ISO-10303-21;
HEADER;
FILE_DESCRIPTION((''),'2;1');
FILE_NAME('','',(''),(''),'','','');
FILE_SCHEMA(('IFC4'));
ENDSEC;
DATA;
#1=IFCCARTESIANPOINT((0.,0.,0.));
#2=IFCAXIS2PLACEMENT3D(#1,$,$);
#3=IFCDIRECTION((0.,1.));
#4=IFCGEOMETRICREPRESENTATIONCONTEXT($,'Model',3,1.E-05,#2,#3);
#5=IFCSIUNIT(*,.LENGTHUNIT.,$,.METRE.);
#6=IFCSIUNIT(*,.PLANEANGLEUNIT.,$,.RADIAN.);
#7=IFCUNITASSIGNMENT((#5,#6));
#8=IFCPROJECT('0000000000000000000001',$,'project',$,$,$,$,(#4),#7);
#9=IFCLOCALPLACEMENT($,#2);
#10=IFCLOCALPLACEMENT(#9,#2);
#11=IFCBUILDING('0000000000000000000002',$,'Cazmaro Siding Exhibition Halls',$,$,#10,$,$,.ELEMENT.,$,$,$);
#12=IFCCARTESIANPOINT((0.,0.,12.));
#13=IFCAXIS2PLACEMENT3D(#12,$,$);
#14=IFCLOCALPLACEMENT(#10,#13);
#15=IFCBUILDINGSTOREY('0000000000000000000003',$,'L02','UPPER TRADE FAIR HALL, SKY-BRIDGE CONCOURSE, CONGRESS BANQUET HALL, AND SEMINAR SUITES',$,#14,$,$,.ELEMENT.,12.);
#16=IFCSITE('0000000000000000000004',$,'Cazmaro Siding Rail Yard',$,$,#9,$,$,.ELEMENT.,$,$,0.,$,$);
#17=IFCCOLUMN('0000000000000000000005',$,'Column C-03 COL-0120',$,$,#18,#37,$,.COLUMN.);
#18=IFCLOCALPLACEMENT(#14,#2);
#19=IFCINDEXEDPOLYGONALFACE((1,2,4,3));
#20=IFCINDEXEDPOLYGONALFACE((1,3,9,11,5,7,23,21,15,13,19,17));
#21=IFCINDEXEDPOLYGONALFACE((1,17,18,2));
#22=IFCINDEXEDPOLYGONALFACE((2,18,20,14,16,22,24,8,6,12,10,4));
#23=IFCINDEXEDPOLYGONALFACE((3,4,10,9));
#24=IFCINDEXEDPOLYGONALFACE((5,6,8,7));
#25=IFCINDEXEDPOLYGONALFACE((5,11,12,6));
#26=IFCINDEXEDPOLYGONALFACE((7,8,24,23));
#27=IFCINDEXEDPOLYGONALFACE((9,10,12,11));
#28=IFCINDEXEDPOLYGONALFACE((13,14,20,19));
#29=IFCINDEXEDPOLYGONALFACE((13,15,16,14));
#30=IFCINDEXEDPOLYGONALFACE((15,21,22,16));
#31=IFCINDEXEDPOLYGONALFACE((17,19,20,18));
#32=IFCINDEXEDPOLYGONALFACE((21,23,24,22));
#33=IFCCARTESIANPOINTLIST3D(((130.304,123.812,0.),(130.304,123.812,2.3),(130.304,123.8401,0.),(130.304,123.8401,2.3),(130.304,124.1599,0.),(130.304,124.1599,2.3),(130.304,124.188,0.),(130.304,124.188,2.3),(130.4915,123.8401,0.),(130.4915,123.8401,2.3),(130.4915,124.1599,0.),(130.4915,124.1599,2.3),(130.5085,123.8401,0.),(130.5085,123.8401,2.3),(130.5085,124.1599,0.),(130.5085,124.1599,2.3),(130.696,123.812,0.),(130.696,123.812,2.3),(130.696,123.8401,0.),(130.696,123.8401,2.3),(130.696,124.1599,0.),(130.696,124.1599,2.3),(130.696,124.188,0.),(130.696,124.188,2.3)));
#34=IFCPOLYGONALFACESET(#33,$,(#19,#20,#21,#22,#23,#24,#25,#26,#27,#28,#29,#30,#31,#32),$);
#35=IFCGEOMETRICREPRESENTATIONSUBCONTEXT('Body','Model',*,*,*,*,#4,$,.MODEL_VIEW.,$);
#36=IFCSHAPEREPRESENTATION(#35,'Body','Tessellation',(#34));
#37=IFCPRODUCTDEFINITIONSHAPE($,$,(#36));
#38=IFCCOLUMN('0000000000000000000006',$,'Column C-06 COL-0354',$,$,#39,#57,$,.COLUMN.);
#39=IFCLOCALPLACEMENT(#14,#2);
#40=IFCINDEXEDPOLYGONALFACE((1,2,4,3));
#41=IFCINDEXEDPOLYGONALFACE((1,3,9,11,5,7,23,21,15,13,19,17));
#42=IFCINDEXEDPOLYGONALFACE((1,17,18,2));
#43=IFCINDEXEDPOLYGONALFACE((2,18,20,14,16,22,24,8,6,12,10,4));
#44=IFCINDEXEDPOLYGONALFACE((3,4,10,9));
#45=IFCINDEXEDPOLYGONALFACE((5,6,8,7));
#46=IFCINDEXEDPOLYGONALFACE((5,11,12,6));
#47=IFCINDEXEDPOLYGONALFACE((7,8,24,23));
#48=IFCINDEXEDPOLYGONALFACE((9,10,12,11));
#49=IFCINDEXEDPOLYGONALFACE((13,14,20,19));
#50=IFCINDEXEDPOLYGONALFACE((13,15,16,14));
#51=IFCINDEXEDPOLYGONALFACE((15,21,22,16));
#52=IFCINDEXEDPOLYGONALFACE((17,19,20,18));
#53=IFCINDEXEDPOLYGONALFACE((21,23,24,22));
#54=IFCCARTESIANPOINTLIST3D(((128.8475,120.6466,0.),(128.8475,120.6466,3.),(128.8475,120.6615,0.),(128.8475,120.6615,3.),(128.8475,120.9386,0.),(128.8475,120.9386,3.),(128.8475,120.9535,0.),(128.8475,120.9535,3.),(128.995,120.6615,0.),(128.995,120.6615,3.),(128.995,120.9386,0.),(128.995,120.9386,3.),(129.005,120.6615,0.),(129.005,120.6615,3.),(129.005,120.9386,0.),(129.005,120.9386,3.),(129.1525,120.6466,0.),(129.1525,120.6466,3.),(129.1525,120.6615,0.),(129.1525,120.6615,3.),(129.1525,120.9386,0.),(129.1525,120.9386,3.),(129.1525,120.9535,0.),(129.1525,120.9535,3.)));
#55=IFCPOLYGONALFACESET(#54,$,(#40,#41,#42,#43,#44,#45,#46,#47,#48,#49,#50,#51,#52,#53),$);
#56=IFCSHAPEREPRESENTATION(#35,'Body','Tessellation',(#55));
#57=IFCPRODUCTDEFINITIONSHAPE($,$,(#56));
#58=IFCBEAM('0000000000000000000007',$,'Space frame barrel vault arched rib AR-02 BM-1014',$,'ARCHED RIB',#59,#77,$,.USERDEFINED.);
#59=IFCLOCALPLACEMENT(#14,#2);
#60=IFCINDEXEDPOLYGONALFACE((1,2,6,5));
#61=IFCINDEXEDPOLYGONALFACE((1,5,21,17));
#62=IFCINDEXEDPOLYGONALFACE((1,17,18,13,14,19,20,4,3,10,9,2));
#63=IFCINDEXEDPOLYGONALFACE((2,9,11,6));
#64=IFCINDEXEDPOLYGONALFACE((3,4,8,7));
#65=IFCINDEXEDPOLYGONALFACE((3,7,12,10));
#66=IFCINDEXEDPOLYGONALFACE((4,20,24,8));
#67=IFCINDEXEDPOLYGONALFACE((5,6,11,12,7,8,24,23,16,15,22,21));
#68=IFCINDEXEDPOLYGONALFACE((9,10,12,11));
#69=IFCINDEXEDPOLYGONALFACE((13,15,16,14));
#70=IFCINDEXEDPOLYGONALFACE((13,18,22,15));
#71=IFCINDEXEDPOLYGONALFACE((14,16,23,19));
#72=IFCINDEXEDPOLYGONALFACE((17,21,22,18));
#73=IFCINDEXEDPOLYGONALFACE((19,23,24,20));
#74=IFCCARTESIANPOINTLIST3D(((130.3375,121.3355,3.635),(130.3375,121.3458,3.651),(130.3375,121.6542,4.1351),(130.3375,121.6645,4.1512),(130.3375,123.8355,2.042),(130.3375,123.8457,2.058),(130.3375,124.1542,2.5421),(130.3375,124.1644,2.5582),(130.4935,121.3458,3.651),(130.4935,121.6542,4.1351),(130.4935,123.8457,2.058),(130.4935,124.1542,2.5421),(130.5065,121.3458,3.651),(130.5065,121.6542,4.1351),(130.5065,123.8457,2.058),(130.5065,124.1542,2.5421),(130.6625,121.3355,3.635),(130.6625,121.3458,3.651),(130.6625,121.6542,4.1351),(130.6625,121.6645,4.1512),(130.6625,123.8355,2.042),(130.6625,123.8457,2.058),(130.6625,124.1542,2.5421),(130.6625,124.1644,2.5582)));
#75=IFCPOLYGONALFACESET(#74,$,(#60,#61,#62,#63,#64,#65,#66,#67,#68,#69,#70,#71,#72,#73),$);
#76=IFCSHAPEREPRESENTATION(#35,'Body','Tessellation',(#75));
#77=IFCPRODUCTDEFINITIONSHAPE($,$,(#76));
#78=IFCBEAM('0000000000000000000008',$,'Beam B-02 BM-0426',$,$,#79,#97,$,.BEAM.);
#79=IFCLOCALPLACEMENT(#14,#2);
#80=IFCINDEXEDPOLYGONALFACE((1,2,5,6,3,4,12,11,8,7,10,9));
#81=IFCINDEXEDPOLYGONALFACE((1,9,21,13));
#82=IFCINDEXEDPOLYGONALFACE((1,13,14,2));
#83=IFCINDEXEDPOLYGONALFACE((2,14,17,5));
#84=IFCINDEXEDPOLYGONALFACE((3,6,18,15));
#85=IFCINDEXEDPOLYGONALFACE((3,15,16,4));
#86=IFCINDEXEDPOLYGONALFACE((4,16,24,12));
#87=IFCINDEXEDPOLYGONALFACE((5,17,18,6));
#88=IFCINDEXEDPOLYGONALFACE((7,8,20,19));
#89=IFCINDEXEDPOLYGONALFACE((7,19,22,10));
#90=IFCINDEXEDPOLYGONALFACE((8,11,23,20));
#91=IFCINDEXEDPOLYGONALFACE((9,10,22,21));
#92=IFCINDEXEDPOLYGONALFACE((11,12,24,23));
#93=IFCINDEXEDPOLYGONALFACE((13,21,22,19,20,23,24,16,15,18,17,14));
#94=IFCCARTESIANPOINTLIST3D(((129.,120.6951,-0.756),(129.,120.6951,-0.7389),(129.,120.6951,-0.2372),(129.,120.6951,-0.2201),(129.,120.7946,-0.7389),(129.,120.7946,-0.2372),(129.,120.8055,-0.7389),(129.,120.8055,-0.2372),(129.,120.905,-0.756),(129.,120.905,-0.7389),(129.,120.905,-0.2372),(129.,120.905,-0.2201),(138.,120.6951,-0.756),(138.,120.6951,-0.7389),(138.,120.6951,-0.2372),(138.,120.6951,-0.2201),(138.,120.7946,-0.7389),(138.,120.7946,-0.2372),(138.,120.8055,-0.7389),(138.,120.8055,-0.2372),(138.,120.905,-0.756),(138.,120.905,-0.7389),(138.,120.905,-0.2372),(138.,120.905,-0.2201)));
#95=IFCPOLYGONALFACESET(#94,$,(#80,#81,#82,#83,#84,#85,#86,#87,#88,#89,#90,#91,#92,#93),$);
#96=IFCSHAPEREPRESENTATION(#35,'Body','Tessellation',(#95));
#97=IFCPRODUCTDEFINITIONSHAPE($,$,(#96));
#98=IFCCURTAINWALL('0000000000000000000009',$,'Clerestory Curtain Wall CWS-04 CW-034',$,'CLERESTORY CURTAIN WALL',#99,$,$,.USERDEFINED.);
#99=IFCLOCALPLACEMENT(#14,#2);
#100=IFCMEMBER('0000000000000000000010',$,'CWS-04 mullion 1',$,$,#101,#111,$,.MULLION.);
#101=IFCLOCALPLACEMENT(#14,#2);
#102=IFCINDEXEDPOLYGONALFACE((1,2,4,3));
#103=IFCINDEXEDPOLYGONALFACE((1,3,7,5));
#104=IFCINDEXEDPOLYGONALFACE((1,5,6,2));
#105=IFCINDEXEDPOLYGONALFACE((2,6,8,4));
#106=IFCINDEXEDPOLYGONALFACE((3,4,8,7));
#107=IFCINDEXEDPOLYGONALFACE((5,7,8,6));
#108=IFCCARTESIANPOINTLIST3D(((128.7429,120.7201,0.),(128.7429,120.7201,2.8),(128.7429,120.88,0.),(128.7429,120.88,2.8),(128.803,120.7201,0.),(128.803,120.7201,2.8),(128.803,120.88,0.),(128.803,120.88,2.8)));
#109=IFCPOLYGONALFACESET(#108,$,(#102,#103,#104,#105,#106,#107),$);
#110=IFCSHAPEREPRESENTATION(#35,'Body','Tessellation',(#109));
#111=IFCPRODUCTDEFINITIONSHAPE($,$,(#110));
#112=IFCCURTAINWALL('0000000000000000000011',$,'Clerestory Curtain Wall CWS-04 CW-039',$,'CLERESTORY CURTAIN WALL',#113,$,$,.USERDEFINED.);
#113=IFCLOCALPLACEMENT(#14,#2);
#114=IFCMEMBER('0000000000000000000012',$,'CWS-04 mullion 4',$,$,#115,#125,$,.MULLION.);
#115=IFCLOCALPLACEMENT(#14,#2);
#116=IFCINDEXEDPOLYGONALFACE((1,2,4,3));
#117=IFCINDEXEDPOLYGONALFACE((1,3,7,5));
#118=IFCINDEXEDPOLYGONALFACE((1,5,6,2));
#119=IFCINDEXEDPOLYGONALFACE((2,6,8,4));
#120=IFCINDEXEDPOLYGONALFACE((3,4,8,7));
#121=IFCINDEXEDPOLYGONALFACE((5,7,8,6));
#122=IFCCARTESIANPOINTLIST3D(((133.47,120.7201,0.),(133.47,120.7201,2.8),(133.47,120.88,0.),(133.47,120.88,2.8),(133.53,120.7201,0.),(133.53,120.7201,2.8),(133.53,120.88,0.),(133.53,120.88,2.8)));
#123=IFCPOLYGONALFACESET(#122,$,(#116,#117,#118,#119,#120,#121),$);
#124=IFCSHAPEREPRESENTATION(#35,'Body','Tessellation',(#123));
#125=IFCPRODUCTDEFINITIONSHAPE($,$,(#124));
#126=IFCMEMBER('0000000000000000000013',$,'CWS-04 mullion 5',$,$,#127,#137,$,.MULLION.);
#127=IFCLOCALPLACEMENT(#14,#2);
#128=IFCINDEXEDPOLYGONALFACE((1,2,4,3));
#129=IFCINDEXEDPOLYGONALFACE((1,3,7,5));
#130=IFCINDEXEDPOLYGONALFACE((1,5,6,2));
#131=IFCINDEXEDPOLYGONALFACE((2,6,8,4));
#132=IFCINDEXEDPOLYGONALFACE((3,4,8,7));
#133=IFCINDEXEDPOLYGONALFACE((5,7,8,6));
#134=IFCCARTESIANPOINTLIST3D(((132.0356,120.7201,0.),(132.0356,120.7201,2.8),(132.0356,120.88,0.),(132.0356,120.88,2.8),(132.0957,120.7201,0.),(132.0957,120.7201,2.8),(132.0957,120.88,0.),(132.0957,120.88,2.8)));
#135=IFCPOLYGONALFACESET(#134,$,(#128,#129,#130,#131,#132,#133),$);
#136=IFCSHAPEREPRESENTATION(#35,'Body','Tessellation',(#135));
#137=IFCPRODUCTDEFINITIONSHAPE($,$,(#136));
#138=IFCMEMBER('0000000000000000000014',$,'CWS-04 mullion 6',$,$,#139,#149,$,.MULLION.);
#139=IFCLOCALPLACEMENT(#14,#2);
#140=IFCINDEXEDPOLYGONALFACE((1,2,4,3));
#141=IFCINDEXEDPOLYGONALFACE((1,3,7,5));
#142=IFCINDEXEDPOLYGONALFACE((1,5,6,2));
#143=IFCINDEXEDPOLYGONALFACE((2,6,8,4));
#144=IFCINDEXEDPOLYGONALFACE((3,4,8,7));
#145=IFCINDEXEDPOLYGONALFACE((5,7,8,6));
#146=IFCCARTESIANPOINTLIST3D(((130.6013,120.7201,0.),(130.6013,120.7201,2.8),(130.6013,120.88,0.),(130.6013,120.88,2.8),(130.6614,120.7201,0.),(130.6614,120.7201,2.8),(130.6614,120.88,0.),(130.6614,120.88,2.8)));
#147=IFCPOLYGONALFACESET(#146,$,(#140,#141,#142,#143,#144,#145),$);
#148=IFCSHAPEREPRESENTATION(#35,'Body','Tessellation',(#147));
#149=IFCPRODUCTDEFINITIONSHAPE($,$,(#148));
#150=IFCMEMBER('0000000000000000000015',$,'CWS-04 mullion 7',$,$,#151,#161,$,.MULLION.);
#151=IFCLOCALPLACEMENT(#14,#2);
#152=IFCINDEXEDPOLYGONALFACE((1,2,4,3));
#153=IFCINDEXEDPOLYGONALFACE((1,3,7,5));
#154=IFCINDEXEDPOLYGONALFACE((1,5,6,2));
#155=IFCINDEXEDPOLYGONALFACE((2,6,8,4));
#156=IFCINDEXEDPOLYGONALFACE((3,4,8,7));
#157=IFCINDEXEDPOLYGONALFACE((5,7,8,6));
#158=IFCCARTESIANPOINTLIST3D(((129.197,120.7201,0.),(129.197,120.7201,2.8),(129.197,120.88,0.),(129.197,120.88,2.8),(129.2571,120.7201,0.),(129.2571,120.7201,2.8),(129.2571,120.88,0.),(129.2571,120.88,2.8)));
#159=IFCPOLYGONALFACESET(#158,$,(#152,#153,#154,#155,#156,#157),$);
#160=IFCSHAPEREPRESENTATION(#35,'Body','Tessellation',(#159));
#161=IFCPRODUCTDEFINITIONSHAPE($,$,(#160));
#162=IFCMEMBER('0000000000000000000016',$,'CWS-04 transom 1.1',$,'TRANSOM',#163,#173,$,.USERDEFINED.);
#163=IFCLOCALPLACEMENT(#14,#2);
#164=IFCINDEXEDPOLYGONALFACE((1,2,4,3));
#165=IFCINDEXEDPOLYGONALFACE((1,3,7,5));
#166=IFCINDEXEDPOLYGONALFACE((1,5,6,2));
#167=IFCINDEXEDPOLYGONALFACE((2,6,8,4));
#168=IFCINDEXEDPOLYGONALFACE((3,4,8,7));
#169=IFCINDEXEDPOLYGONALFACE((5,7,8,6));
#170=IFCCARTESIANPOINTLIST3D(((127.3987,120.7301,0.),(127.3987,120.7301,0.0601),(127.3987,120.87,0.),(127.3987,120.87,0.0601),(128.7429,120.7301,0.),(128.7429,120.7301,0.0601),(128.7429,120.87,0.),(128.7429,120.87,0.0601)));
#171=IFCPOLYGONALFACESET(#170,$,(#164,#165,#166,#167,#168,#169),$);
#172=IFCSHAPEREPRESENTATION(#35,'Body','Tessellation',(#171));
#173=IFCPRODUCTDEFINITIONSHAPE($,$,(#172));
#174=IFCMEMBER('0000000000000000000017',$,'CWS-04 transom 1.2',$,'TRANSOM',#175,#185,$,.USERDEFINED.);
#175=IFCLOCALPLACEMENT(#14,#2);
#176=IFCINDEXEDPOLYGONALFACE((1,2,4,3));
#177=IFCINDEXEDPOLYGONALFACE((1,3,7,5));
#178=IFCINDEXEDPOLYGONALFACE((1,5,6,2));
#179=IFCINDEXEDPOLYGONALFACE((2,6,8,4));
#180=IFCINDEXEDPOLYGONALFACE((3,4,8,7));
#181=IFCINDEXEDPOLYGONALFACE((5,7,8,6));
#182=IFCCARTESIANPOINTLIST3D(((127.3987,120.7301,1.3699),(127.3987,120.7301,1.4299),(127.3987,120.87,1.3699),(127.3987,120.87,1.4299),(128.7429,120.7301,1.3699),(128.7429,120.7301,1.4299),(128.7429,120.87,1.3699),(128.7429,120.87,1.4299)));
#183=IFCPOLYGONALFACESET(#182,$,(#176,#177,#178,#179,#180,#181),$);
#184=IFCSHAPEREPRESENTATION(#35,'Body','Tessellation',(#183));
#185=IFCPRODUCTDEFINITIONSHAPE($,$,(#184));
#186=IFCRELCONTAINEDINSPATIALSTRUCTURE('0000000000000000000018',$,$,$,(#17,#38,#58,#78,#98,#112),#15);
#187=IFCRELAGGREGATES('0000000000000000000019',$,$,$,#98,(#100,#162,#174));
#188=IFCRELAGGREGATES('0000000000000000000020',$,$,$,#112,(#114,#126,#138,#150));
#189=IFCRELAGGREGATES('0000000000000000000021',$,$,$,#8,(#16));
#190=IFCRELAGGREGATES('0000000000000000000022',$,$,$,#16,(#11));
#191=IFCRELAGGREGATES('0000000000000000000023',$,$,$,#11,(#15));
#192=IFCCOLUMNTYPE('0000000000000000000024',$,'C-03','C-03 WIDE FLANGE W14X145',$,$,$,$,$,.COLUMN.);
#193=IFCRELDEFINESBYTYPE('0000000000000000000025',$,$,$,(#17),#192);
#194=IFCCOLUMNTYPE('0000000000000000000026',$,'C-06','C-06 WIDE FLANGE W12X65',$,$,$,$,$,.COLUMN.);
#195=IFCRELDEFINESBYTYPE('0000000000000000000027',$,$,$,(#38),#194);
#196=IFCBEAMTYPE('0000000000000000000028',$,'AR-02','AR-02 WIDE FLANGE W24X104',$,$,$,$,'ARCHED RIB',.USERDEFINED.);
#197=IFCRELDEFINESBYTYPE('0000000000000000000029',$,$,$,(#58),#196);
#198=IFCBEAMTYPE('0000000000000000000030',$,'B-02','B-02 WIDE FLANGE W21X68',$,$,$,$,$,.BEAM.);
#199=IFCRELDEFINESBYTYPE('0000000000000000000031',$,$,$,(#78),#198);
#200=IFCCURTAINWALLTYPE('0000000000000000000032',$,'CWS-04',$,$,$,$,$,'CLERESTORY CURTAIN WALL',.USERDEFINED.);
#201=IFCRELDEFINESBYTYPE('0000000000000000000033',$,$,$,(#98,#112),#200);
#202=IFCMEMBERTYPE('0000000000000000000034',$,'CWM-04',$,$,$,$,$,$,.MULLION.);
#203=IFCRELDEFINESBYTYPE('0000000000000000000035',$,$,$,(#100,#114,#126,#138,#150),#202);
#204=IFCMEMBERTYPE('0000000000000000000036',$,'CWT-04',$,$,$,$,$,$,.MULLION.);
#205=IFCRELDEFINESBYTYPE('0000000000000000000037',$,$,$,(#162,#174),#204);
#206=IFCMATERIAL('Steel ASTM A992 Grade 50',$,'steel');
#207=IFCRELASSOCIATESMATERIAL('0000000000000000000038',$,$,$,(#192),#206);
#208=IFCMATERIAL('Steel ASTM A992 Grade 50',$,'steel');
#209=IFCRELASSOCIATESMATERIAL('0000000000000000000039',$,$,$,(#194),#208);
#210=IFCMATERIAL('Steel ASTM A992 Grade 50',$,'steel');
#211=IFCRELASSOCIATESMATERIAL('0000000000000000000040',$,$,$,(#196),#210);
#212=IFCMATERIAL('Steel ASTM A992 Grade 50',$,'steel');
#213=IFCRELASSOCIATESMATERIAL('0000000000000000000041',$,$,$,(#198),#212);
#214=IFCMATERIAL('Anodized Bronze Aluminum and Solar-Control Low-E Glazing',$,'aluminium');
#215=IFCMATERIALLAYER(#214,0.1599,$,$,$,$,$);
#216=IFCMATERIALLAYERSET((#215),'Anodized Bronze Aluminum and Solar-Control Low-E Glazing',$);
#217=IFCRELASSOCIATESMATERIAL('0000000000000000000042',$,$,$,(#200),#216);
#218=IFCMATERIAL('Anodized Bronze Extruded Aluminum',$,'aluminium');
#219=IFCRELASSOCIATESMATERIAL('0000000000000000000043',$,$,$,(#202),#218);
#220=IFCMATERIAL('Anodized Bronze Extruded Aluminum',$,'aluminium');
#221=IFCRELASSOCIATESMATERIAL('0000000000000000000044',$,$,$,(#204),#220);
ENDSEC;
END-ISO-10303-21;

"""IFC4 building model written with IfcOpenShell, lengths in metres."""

from ifc_helpers import new_model, si_unit, direction, frame, origin, origin_2d, place, context, subcontext, project, spatial, rectangle, i_section, extrude, material, layer, layer_set, material_profile, profile_set, type_object, element, aggregate, save


model = new_model("IFC4")

# Units and contexts
model_context = context("Model", 3, precision=1e-05, world=origin(), true_north=direction((0.0, 1.0)))
body_context = subcontext(model_context, "Body", "Model", "MODEL_VIEW")
ifc_project = project(units=[si_unit("LENGTHUNIT", "METRE"), si_unit("PLANEANGLEUNIT", "RADIAN")], contexts=[model_context])

# Site, building, storey
site_placement = place(None, origin())
site = spatial("IfcSite", under=ifc_project, at=site_placement, Name="Cazmaro Siding Rail Yard", CompositionType="ELEMENT", RefElevation=0.0)
building_placement = place(site_placement, origin())
building = spatial("IfcBuilding", under=site, at=building_placement, Name="Cazmaro Siding Exhibition Halls", CompositionType="ELEMENT")
storey_placement = place(building_placement, frame((0.0, 0.0, 12.0)))
storey = spatial("IfcBuildingStorey", under=building, at=storey_placement, Name="L02", Description="UPPER TRADE FAIR HALL, SKY-BRIDGE CONCOURSE, CONGRESS BANQUET HALL, AND SEMINAR SUITES", CompositionType="ELEMENT", Elevation=12.0)

# Columns
ifc_material_1 = material(Name="Steel ASTM A992 Grade 50", Category="steel")
ifc_material_profile_1 = material_profile(ifc_material_1, i_section(OverallWidth=0.3921, OverallDepth=0.376, WebThickness=0.0171, FlangeThickness=0.0281, at=origin_2d()), Name="W14X145")
ifc_profile_set_1 = profile_set([ifc_material_profile_1], Name="Steel ASTM A992 Grade 50")
column_type_1 = type_object("IfcColumnType", Name="C-03", Description="C-03 WIDE FLANGE W14X145", PredefinedType="COLUMN", material=ifc_profile_set_1)
column_1_placement = place(storey_placement, frame((130.5, 124.0, 0.0), z_axis=(0.0, 0.0, 1.0), x_axis=(1.0, 0.0, 0.0)))
element("IfcColumn", 1, at=column_1_placement, inside=storey, type_object=column_type_1, Name="Column C-03 COL-0120", PredefinedType="COLUMN", context=body_context, shape_type="SweptSolid", body=[
    extrude(i_section(OverallWidth=0.3921, OverallDepth=0.376, WebThickness=0.0171, FlangeThickness=0.0281, at=origin_2d()), origin(), (0.0, 0.0, 1.0), 2.3),
])
ifc_material_2 = material(Name="Steel ASTM A992 Grade 50", Category="steel")
ifc_material_profile_2 = material_profile(ifc_material_2, i_section(OverallWidth=0.3049, OverallDepth=0.3069, WebThickness=0.01, FlangeThickness=0.0149, at=origin_2d()), Name="W12X65")
ifc_profile_set_2 = profile_set([ifc_material_profile_2], Name="Steel ASTM A992 Grade 50")
column_type_2 = type_object("IfcColumnType", Name="C-06", Description="C-06 WIDE FLANGE W12X65", PredefinedType="COLUMN", material=ifc_profile_set_2)
column_2_placement = place(storey_placement, frame((129.0, 120.8, 0.0), z_axis=(0.0, 0.0, 1.0), x_axis=(1.0, 0.0, 0.0)))
element("IfcColumn", 2, at=column_2_placement, inside=storey, type_object=column_type_2, Name="Column C-06 COL-0354", PredefinedType="COLUMN", context=body_context, shape_type="SweptSolid", body=[
    extrude(i_section(OverallWidth=0.3049, OverallDepth=0.3069, WebThickness=0.01, FlangeThickness=0.0149, at=origin_2d()), origin(), (0.0, 0.0, 1.0), 3.0),
])

# Beams
ifc_material_3 = material(Name="Steel ASTM A992 Grade 50", Category="steel")
ifc_material_profile_3 = material_profile(ifc_material_3, i_section(OverallWidth=0.325, OverallDepth=0.6121, WebThickness=0.0129, FlangeThickness=0.019, at=origin_2d()), Name="W24X104")
ifc_profile_set_3 = profile_set([ifc_material_profile_3], Name="Steel ASTM A992 Grade 50")
beam_type_1 = type_object("IfcBeamType", Name="AR-02", Description="AR-02 WIDE FLANGE W24X104", ElementType="ARCHED RIB", PredefinedType="USERDEFINED", material=ifc_profile_set_3)
beam_1_placement = place(storey_placement, frame((130.5, 121.5, 3.8931), z_axis=(0.0, 0.843339, -0.537382), x_axis=(-1.0, 0.0, 0.0)))
element("IfcBeam", 3, at=beam_1_placement, inside=storey, type_object=beam_type_1, Name="Space frame barrel vault arched rib AR-02 BM-1014", ObjectType="ARCHED RIB", PredefinedType="USERDEFINED", context=body_context, shape_type="SweptSolid", body=[
    extrude(i_section(OverallWidth=0.325, OverallDepth=0.6121, WebThickness=0.0129, FlangeThickness=0.019, at=origin_2d()), origin(), (0.0, 0.0, 1.0), 2.9644),
])
ifc_material_4 = material(Name="Steel ASTM A992 Grade 50", Category="steel")
ifc_material_profile_4 = material_profile(ifc_material_4, i_section(OverallWidth=0.21, OverallDepth=0.5359, WebThickness=0.011, FlangeThickness=0.0171, at=origin_2d()), Name="W21X68")
ifc_profile_set_4 = profile_set([ifc_material_profile_4], Name="Steel ASTM A992 Grade 50")
beam_type_2 = type_object("IfcBeamType", Name="B-02", Description="B-02 WIDE FLANGE W21X68", PredefinedType="BEAM", material=ifc_profile_set_4)
beam_2_placement = place(storey_placement, frame((129.0, 120.8, -0.488), z_axis=(1.0, 0.0, 0.0), x_axis=(0.0, 1.0, 0.0)))
element("IfcBeam", 4, at=beam_2_placement, inside=storey, type_object=beam_type_2, Name="Beam B-02 BM-0426", PredefinedType="BEAM", context=body_context, shape_type="SweptSolid", body=[
    extrude(i_section(OverallWidth=0.21, OverallDepth=0.5359, WebThickness=0.011, FlangeThickness=0.0171, at=origin_2d()), origin(), (0.0, 0.0, 1.0), 9.0),
])

# Curtain wall, member
ifc_material_5 = material(Name="Anodized Bronze Aluminum and Solar-Control Low-E Glazing", Category="aluminium")
ifc_layer_1 = layer(ifc_material_5, 0.1599)
ifc_layer_set_1 = layer_set([ifc_layer_1], Name="Anodized Bronze Aluminum and Solar-Control Low-E Glazing")
curtain_wall_type = type_object("IfcCurtainWallType", Name="CWS-04", ElementType="CLERESTORY CURTAIN WALL", PredefinedType="USERDEFINED", material=ifc_layer_set_1)
curtain_wall_1_placement = place(storey_placement, origin())
curtain_wall_1 = element("IfcCurtainWall", 5, at=curtain_wall_1_placement, inside=storey, type_object=curtain_wall_type, Name="Clerestory Curtain Wall CWS-04 CW-034", ObjectType="CLERESTORY CURTAIN WALL", PredefinedType="USERDEFINED")
ifc_material_6 = material(Name="Anodized Bronze Extruded Aluminum", Category="aluminium")
ifc_material_profile_5 = material_profile(ifc_material_6, rectangle(XDim=0.1599, YDim=0.0601, at=origin_2d()), Name="CWM-04")
ifc_profile_set_5 = profile_set([ifc_material_profile_5], Name="Anodized Bronze Extruded Aluminum")
member_type_1 = type_object("IfcMemberType", Name="CWM-04", PredefinedType="MULLION", material=ifc_profile_set_5)
member_1_placement = place(storey_placement, frame((128.7729, 120.8, 0.0), z_axis=(0.0, 0.0, 1.0), x_axis=(0.0, -1.0, 0.0)))
member_1 = element("IfcMember", 6, at=member_1_placement, type_object=member_type_1, Name="CWS-04 mullion 1", PredefinedType="MULLION", context=body_context, shape_type="SweptSolid", body=[
    extrude(rectangle(XDim=0.1599, YDim=0.0601, at=origin_2d()), origin(), (0.0, 0.0, 1.0), 2.8),
])

# Curtain wall, members
curtain_wall_2_placement = place(storey_placement, origin())
curtain_wall_2 = element("IfcCurtainWall", 7, at=curtain_wall_2_placement, inside=storey, type_object=curtain_wall_type, Name="Clerestory Curtain Wall CWS-04 CW-039", ObjectType="CLERESTORY CURTAIN WALL", PredefinedType="USERDEFINED")
member_2_placement = place(storey_placement, frame((133.5, 120.8, 0.0), z_axis=(0.0, 0.0, 1.0), x_axis=(0.0, -1.0, 0.0)))
member_2 = element("IfcMember", 8, at=member_2_placement, type_object=member_type_1, Name="CWS-04 mullion 4", PredefinedType="MULLION", context=body_context, shape_type="SweptSolid", body=[
    extrude(rectangle(XDim=0.1599, YDim=0.0601, at=origin_2d()), origin(), (0.0, 0.0, 1.0), 2.8),
])
member_3_placement = place(storey_placement, frame((132.0657, 120.8, 0.0), z_axis=(0.0, 0.0, 1.0), x_axis=(0.0, -1.0, 0.0)))
member_3 = element("IfcMember", 9, at=member_3_placement, type_object=member_type_1, Name="CWS-04 mullion 5", PredefinedType="MULLION", context=body_context, shape_type="SweptSolid", body=[
    extrude(rectangle(XDim=0.1599, YDim=0.0601, at=origin_2d()), origin(), (0.0, 0.0, 1.0), 2.8),
])
member_4_placement = place(storey_placement, frame((130.6313, 120.8, 0.0), z_axis=(0.0, 0.0, 1.0), x_axis=(0.0, -1.0, 0.0)))
member_4 = element("IfcMember", 10, at=member_4_placement, type_object=member_type_1, Name="CWS-04 mullion 6", PredefinedType="MULLION", context=body_context, shape_type="SweptSolid", body=[
    extrude(rectangle(XDim=0.1599, YDim=0.0601, at=origin_2d()), origin(), (0.0, 0.0, 1.0), 2.8),
])
member_5_placement = place(storey_placement, frame((129.2271, 120.8, 0.0), z_axis=(0.0, 0.0, 1.0), x_axis=(0.0, -1.0, 0.0)))
member_5 = element("IfcMember", 11, at=member_5_placement, type_object=member_type_1, Name="CWS-04 mullion 7", PredefinedType="MULLION", context=body_context, shape_type="SweptSolid", body=[
    extrude(rectangle(XDim=0.1599, YDim=0.0601, at=origin_2d()), origin(), (0.0, 0.0, 1.0), 2.8),
])

# Members
ifc_material_7 = material(Name="Anodized Bronze Extruded Aluminum", Category="aluminium")
ifc_material_profile_6 = material_profile(ifc_material_7, rectangle(XDim=0.1399, YDim=0.0601, at=origin_2d()), Name="CWT-04")
ifc_profile_set_6 = profile_set([ifc_material_profile_6], Name="Anodized Bronze Extruded Aluminum")
member_type_2 = type_object("IfcMemberType", Name="CWT-04", PredefinedType="MULLION", material=ifc_profile_set_6)
member_6_placement = place(storey_placement, frame((128.7429, 120.8, 0.03), z_axis=(-1.0, 0.0, 0.0), x_axis=(0.0, -1.0, 0.0)))
member_6 = element("IfcMember", 12, at=member_6_placement, type_object=member_type_2, Name="CWS-04 transom 1.1", ObjectType="TRANSOM", PredefinedType="USERDEFINED", context=body_context, shape_type="SweptSolid", body=[
    extrude(rectangle(XDim=0.1399, YDim=0.0601, at=origin_2d()), origin(), (0.0, 0.0, 1.0), 1.3442),
])
member_7_placement = place(storey_placement, frame((128.7429, 120.8, 1.3999), z_axis=(-1.0, 0.0, 0.0), x_axis=(0.0, -1.0, 0.0)))
member_7 = element("IfcMember", 13, at=member_7_placement, type_object=member_type_2, Name="CWS-04 transom 1.2", ObjectType="TRANSOM", PredefinedType="USERDEFINED", context=body_context, shape_type="SweptSolid", body=[
    extrude(rectangle(XDim=0.1399, YDim=0.0601, at=origin_2d()), origin(), (0.0, 0.0, 1.0), 1.3442),
])

aggregate(curtain_wall_1, [member_1, member_6, member_7])
aggregate(curtain_wall_2, [member_2, member_3, member_4, member_5])

save(model, "model.ifc")
